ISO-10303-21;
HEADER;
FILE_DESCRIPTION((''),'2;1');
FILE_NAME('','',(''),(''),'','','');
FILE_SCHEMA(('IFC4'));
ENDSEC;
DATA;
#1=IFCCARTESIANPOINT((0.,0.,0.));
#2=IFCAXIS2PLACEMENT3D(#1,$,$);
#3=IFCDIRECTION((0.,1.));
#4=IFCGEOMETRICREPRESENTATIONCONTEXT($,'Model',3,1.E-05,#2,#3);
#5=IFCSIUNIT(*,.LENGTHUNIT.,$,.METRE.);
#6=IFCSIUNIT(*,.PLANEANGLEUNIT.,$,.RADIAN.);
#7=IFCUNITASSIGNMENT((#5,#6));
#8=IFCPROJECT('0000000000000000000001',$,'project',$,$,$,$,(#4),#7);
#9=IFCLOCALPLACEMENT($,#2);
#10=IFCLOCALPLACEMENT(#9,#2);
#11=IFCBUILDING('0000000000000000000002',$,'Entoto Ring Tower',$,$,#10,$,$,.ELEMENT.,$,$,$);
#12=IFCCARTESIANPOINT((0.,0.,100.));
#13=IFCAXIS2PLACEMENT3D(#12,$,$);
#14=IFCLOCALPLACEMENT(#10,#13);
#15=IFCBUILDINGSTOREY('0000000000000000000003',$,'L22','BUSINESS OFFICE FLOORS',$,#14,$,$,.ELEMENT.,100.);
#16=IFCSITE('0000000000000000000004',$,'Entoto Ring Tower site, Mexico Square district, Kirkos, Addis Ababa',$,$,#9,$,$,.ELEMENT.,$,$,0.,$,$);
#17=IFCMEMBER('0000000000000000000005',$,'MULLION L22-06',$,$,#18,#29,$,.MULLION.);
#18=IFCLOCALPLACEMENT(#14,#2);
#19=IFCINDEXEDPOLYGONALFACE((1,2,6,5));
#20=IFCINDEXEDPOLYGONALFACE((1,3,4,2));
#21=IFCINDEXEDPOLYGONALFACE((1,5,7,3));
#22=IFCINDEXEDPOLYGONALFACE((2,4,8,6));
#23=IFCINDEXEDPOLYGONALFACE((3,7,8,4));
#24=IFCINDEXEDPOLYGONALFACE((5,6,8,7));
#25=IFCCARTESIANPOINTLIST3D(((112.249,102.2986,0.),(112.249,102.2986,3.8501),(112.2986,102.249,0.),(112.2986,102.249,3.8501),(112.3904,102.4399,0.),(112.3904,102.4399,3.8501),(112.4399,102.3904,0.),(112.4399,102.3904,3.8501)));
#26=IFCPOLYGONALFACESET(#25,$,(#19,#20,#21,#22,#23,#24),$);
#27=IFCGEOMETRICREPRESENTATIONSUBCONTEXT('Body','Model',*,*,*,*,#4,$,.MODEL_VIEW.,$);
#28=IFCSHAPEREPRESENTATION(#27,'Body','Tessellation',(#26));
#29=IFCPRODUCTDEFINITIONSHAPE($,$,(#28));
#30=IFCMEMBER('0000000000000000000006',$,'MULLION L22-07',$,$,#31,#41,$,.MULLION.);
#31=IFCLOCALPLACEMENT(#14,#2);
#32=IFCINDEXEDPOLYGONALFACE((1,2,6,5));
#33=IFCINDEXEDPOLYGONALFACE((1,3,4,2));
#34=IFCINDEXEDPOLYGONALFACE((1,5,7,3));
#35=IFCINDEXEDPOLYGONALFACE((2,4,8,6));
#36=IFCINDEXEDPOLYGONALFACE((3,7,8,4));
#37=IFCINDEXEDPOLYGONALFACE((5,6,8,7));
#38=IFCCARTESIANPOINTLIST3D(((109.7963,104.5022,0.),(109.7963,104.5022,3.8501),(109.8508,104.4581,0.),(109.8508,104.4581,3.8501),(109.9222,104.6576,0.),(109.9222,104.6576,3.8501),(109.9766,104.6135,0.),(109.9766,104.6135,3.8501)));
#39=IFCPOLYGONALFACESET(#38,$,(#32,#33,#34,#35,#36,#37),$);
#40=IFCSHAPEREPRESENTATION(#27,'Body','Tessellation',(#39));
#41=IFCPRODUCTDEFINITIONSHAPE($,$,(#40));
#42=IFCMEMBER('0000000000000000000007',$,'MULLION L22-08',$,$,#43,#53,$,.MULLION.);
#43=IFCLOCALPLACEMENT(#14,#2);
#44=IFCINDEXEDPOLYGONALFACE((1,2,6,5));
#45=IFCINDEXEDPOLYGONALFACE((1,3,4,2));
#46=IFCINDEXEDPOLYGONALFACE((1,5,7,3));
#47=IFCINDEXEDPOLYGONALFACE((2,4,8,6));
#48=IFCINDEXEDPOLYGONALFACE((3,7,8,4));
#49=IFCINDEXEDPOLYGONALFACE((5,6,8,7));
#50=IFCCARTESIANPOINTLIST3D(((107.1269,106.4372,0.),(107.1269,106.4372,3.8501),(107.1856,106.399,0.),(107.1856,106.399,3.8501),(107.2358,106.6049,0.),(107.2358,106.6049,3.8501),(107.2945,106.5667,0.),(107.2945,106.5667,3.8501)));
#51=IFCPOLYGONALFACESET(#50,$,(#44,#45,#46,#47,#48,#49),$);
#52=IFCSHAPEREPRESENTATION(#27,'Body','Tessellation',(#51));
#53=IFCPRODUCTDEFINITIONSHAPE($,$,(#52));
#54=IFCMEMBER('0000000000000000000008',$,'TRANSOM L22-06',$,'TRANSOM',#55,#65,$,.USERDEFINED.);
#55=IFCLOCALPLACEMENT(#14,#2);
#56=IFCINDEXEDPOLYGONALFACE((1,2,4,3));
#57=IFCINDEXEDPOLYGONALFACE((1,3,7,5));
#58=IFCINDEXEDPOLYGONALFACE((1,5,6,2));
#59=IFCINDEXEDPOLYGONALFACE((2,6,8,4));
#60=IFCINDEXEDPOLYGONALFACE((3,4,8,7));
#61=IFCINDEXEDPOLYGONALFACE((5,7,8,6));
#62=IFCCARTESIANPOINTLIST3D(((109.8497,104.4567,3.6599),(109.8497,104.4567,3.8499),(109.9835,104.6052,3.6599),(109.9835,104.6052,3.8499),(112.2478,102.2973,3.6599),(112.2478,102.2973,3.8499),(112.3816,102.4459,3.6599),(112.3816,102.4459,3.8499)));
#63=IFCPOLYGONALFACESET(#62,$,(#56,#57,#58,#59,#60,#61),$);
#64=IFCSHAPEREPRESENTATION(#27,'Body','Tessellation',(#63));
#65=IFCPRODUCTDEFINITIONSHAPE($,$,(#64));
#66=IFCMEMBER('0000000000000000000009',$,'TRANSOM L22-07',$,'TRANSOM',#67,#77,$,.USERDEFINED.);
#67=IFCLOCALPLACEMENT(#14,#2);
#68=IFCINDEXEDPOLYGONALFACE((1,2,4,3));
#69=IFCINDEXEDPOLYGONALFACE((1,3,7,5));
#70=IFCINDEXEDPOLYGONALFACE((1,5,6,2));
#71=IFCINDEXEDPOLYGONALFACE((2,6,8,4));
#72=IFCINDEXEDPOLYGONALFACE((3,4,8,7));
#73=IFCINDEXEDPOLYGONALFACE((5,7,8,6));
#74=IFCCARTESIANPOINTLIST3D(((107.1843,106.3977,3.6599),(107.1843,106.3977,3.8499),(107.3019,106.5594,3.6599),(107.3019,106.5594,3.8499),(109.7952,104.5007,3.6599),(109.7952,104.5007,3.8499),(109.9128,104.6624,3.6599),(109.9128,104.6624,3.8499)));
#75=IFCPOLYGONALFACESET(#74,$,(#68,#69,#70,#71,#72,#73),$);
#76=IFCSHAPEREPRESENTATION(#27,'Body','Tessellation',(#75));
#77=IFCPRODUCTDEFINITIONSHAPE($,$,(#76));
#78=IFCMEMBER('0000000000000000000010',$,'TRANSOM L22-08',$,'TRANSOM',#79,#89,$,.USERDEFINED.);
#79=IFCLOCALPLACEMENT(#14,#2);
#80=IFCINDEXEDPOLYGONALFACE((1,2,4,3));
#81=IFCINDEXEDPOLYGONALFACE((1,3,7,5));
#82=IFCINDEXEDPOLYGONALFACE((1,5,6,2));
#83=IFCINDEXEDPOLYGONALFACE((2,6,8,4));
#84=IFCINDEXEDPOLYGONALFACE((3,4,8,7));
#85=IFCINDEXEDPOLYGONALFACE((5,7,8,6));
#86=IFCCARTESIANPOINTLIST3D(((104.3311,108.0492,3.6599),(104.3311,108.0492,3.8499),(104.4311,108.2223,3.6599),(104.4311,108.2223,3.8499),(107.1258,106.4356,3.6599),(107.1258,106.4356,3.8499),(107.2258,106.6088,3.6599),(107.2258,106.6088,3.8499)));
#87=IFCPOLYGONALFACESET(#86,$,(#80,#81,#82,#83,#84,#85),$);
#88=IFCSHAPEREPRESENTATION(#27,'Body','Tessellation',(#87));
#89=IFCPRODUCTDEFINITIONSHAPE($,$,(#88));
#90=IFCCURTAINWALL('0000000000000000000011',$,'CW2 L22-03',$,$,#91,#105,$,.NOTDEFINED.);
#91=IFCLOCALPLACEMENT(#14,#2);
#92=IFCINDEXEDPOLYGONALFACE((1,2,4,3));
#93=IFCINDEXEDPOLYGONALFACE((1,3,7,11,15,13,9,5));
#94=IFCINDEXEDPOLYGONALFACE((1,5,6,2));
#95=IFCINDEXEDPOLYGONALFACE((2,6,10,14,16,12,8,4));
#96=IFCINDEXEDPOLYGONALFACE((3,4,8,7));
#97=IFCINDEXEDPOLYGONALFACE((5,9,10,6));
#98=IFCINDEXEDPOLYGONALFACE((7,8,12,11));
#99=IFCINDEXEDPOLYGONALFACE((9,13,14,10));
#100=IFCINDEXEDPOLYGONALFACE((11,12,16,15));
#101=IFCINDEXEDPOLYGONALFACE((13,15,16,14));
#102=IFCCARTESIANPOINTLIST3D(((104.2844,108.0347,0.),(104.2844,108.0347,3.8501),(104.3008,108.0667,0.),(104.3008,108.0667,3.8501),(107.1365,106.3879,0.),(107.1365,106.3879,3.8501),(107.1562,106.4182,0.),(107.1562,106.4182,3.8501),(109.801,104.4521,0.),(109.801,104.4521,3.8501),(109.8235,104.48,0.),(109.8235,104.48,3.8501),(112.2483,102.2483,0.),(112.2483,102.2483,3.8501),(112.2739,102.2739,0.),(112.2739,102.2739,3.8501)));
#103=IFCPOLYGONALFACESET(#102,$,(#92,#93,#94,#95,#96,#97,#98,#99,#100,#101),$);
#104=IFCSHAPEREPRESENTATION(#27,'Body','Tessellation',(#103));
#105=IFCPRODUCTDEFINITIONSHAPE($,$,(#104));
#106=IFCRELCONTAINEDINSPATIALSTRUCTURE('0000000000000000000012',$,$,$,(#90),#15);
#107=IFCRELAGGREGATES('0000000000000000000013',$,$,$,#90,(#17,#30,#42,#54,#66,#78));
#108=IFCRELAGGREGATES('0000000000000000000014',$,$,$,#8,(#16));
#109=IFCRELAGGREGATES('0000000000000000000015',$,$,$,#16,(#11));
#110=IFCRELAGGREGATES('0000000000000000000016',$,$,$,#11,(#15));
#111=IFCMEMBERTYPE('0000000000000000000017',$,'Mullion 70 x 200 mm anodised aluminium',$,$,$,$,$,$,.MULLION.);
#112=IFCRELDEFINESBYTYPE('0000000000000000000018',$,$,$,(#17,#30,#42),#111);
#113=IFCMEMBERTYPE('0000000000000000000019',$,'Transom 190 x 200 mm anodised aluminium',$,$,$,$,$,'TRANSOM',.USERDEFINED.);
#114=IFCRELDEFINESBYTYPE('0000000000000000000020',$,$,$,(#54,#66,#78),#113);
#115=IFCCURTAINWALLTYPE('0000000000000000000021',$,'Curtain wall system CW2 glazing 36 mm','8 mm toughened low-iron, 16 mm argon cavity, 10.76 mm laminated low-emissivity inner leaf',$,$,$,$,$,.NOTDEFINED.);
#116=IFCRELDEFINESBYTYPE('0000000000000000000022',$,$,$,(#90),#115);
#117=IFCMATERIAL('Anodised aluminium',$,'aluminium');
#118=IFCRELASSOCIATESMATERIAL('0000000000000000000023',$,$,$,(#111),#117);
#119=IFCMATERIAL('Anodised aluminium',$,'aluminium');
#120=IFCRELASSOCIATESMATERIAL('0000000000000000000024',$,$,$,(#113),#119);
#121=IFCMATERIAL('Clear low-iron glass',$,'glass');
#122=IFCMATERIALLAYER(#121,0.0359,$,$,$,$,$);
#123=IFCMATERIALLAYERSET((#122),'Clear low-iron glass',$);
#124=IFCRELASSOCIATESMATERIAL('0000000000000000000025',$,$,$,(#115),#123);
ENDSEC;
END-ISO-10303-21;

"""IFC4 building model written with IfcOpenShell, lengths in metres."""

from ifc_helpers import new_model, si_unit, direction, frame, origin, origin_2d, place, context, subcontext, project, spatial, polyline, rectangle, outline, extrude, material, layer, layer_set, material_profile, profile_set, type_object, element, aggregate, save


model = new_model("IFC4")

# Units and contexts
model_context = context("Model", 3, precision=1e-05, world=origin(), true_north=direction((0.0, 1.0)))
body_context = subcontext(model_context, "Body", "Model", "MODEL_VIEW")
ifc_project = project(units=[si_unit("LENGTHUNIT", "METRE"), si_unit("PLANEANGLEUNIT", "RADIAN")], contexts=[model_context])

# Members
ifc_material_1 = material(Name="Anodised aluminium", Category="aluminium")
ifc_material_profile_1 = material_profile(ifc_material_1, rectangle(XDim=0.0701, YDim=0.2, at=origin_2d()), Name="Mullion 70 x 200 mm anodised aluminium")
ifc_profile_set_1 = profile_set([ifc_material_profile_1], Name="Anodised aluminium")
member_type_1 = type_object("IfcMemberType", Name="Mullion 70 x 200 mm anodised aluminium", PredefinedType="MULLION", material=ifc_profile_set_1)
site_placement = place(None, origin())
building_placement = place(site_placement, origin())
storey_placement = place(building_placement, frame((0.0, 0.0, 100.0)))
member_1_placement = place(storey_placement, frame((112.3445, 102.3445, 0.0), z_axis=(0.0, 0.0, 1.0), x_axis=(-0.707107, 0.707107, 0.0)))
member_1 = element("IfcMember", 1, at=member_1_placement, type_object=member_type_1, Name="MULLION L22-06", PredefinedType="MULLION", context=body_context, shape_type="SweptSolid", body=[
    extrude(rectangle(XDim=0.0701, YDim=0.2, at=origin_2d()), origin(), (0.0, 0.0, 1.0), 3.8501),
])
member_2_placement = place(storey_placement, frame((109.8865, 104.5579, 0.0), z_axis=(0.0, 0.0, 1.0), x_axis=(-0.777146, 0.62932, 0.0)))
member_2 = element("IfcMember", 2, at=member_2_placement, type_object=member_type_1, Name="MULLION L22-07", PredefinedType="MULLION", context=body_context, shape_type="SweptSolid", body=[
    extrude(rectangle(XDim=0.0701, YDim=0.2, at=origin_2d()), origin(), (0.0, 0.0, 1.0), 3.8501),
])
member_3_placement = place(storey_placement, frame((107.2107, 106.502, 0.0), z_axis=(0.0, 0.0, 1.0), x_axis=(-0.838671, 0.544639, 0.0)))
member_3 = element("IfcMember", 3, at=member_3_placement, type_object=member_type_1, Name="MULLION L22-08", PredefinedType="MULLION", context=body_context, shape_type="SweptSolid", body=[
    extrude(rectangle(XDim=0.0701, YDim=0.2, at=origin_2d()), origin(), (0.0, 0.0, 1.0), 3.8501),
])
ifc_material_2 = material(Name="Anodised aluminium", Category="aluminium")
ifc_material_profile_2 = material_profile(ifc_material_2, rectangle(XDim=0.2, YDim=0.1899, at=origin_2d()), Name="Transom 190 x 200 mm anodised aluminium")
ifc_profile_set_2 = profile_set([ifc_material_profile_2], Name="Anodised aluminium")
member_type_2 = type_object("IfcMemberType", Name="Transom 190 x 200 mm anodised aluminium", ElementType="TRANSOM", PredefinedType="USERDEFINED", material=ifc_profile_set_2)
member_4_placement = place(storey_placement, frame((112.3147, 102.3716, 3.7549), z_axis=(-0.743132, 0.669144, 0.0), x_axis=(-0.669144, -0.743132, 0.0)))
member_4 = element("IfcMember", 4, at=member_4_placement, type_object=member_type_2, Name="TRANSOM L22-06", ObjectType="TRANSOM", PredefinedType="USERDEFINED", context=body_context, shape_type="SweptSolid", body=[
    extrude(rectangle(XDim=0.2, YDim=0.1899, at=origin_2d()), origin(), (0.0, 0.0, 1.0), 3.2271),
])
member_5_placement = place(storey_placement, frame((109.854, 104.5815, 3.7549), z_axis=(-0.809004, 0.587803, 0.0), x_axis=(-0.587803, -0.809004, 0.0)))
member_5 = element("IfcMember", 5, at=member_5_placement, type_object=member_type_2, Name="TRANSOM L22-07", ObjectType="TRANSOM", PredefinedType="USERDEFINED", context=body_context, shape_type="SweptSolid", body=[
    extrude(rectangle(XDim=0.2, YDim=0.1899, at=origin_2d()), origin(), (0.0, 0.0, 1.0), 3.2273),
])
member_6_placement = place(storey_placement, frame((107.1758, 106.5222, 3.7549), z_axis=(-0.866023, 0.500004, 0.0), x_axis=(-0.500004, -0.866023, 0.0)))
member_6 = element("IfcMember", 6, at=member_6_placement, type_object=member_type_2, Name="TRANSOM L22-08", ObjectType="TRANSOM", PredefinedType="USERDEFINED", context=body_context, shape_type="SweptSolid", body=[
    extrude(rectangle(XDim=0.2, YDim=0.1899, at=origin_2d()), origin(), (0.0, 0.0, 1.0), 3.2271),
])

# Site, building, storey
site = spatial("IfcSite", under=ifc_project, at=site_placement, Name="Entoto Ring Tower site, Mexico Square district, Kirkos, Addis Ababa", CompositionType="ELEMENT", RefElevation=0.0)
building = spatial("IfcBuilding", under=site, at=building_placement, Name="Entoto Ring Tower", CompositionType="ELEMENT")
storey = spatial("IfcBuildingStorey", under=building, at=storey_placement, Name="L22", Description="BUSINESS OFFICE FLOORS", CompositionType="ELEMENT", Elevation=100.0)

# Curtain wall
ifc_material_3 = material(Name="Clear low-iron glass", Category="glass")
ifc_layer = layer(ifc_material_3, 0.0359)
ifc_layer_set = layer_set([ifc_layer], Name="Clear low-iron glass")
curtain_wall_type = type_object("IfcCurtainWallType", Name="Curtain wall system CW2 glazing 36 mm", Description="8 mm toughened low-iron, 16 mm argon cavity, 10.76 mm laminated low-emissivity inner leaf", PredefinedType="NOTDEFINED", material=ifc_layer_set)
curtain_wall_1_placement = place(storey_placement, origin())
curtain_wall_1 = element("IfcCurtainWall", 7, at=curtain_wall_1_placement, inside=storey, type_object=curtain_wall_type, Name="CW2 L22-03", PredefinedType="NOTDEFINED", context=body_context, shape_type="SweptSolid", body=[
    extrude(outline(polyline([(112.2739, 102.2739), (109.8235, 104.48), (107.1562, 106.4182), (104.3008, 108.0667), (104.2844, 108.0347), (107.1365, 106.3879), (109.801, 104.4521), (112.2483, 102.2483), (112.2739, 102.2739)])), origin(), (0.0, 0.0, 1.0), 3.8501),
])
aggregate(curtain_wall_1, [member_1, member_2, member_3, member_4, member_5, member_6])

save(model, "model.ifc")
